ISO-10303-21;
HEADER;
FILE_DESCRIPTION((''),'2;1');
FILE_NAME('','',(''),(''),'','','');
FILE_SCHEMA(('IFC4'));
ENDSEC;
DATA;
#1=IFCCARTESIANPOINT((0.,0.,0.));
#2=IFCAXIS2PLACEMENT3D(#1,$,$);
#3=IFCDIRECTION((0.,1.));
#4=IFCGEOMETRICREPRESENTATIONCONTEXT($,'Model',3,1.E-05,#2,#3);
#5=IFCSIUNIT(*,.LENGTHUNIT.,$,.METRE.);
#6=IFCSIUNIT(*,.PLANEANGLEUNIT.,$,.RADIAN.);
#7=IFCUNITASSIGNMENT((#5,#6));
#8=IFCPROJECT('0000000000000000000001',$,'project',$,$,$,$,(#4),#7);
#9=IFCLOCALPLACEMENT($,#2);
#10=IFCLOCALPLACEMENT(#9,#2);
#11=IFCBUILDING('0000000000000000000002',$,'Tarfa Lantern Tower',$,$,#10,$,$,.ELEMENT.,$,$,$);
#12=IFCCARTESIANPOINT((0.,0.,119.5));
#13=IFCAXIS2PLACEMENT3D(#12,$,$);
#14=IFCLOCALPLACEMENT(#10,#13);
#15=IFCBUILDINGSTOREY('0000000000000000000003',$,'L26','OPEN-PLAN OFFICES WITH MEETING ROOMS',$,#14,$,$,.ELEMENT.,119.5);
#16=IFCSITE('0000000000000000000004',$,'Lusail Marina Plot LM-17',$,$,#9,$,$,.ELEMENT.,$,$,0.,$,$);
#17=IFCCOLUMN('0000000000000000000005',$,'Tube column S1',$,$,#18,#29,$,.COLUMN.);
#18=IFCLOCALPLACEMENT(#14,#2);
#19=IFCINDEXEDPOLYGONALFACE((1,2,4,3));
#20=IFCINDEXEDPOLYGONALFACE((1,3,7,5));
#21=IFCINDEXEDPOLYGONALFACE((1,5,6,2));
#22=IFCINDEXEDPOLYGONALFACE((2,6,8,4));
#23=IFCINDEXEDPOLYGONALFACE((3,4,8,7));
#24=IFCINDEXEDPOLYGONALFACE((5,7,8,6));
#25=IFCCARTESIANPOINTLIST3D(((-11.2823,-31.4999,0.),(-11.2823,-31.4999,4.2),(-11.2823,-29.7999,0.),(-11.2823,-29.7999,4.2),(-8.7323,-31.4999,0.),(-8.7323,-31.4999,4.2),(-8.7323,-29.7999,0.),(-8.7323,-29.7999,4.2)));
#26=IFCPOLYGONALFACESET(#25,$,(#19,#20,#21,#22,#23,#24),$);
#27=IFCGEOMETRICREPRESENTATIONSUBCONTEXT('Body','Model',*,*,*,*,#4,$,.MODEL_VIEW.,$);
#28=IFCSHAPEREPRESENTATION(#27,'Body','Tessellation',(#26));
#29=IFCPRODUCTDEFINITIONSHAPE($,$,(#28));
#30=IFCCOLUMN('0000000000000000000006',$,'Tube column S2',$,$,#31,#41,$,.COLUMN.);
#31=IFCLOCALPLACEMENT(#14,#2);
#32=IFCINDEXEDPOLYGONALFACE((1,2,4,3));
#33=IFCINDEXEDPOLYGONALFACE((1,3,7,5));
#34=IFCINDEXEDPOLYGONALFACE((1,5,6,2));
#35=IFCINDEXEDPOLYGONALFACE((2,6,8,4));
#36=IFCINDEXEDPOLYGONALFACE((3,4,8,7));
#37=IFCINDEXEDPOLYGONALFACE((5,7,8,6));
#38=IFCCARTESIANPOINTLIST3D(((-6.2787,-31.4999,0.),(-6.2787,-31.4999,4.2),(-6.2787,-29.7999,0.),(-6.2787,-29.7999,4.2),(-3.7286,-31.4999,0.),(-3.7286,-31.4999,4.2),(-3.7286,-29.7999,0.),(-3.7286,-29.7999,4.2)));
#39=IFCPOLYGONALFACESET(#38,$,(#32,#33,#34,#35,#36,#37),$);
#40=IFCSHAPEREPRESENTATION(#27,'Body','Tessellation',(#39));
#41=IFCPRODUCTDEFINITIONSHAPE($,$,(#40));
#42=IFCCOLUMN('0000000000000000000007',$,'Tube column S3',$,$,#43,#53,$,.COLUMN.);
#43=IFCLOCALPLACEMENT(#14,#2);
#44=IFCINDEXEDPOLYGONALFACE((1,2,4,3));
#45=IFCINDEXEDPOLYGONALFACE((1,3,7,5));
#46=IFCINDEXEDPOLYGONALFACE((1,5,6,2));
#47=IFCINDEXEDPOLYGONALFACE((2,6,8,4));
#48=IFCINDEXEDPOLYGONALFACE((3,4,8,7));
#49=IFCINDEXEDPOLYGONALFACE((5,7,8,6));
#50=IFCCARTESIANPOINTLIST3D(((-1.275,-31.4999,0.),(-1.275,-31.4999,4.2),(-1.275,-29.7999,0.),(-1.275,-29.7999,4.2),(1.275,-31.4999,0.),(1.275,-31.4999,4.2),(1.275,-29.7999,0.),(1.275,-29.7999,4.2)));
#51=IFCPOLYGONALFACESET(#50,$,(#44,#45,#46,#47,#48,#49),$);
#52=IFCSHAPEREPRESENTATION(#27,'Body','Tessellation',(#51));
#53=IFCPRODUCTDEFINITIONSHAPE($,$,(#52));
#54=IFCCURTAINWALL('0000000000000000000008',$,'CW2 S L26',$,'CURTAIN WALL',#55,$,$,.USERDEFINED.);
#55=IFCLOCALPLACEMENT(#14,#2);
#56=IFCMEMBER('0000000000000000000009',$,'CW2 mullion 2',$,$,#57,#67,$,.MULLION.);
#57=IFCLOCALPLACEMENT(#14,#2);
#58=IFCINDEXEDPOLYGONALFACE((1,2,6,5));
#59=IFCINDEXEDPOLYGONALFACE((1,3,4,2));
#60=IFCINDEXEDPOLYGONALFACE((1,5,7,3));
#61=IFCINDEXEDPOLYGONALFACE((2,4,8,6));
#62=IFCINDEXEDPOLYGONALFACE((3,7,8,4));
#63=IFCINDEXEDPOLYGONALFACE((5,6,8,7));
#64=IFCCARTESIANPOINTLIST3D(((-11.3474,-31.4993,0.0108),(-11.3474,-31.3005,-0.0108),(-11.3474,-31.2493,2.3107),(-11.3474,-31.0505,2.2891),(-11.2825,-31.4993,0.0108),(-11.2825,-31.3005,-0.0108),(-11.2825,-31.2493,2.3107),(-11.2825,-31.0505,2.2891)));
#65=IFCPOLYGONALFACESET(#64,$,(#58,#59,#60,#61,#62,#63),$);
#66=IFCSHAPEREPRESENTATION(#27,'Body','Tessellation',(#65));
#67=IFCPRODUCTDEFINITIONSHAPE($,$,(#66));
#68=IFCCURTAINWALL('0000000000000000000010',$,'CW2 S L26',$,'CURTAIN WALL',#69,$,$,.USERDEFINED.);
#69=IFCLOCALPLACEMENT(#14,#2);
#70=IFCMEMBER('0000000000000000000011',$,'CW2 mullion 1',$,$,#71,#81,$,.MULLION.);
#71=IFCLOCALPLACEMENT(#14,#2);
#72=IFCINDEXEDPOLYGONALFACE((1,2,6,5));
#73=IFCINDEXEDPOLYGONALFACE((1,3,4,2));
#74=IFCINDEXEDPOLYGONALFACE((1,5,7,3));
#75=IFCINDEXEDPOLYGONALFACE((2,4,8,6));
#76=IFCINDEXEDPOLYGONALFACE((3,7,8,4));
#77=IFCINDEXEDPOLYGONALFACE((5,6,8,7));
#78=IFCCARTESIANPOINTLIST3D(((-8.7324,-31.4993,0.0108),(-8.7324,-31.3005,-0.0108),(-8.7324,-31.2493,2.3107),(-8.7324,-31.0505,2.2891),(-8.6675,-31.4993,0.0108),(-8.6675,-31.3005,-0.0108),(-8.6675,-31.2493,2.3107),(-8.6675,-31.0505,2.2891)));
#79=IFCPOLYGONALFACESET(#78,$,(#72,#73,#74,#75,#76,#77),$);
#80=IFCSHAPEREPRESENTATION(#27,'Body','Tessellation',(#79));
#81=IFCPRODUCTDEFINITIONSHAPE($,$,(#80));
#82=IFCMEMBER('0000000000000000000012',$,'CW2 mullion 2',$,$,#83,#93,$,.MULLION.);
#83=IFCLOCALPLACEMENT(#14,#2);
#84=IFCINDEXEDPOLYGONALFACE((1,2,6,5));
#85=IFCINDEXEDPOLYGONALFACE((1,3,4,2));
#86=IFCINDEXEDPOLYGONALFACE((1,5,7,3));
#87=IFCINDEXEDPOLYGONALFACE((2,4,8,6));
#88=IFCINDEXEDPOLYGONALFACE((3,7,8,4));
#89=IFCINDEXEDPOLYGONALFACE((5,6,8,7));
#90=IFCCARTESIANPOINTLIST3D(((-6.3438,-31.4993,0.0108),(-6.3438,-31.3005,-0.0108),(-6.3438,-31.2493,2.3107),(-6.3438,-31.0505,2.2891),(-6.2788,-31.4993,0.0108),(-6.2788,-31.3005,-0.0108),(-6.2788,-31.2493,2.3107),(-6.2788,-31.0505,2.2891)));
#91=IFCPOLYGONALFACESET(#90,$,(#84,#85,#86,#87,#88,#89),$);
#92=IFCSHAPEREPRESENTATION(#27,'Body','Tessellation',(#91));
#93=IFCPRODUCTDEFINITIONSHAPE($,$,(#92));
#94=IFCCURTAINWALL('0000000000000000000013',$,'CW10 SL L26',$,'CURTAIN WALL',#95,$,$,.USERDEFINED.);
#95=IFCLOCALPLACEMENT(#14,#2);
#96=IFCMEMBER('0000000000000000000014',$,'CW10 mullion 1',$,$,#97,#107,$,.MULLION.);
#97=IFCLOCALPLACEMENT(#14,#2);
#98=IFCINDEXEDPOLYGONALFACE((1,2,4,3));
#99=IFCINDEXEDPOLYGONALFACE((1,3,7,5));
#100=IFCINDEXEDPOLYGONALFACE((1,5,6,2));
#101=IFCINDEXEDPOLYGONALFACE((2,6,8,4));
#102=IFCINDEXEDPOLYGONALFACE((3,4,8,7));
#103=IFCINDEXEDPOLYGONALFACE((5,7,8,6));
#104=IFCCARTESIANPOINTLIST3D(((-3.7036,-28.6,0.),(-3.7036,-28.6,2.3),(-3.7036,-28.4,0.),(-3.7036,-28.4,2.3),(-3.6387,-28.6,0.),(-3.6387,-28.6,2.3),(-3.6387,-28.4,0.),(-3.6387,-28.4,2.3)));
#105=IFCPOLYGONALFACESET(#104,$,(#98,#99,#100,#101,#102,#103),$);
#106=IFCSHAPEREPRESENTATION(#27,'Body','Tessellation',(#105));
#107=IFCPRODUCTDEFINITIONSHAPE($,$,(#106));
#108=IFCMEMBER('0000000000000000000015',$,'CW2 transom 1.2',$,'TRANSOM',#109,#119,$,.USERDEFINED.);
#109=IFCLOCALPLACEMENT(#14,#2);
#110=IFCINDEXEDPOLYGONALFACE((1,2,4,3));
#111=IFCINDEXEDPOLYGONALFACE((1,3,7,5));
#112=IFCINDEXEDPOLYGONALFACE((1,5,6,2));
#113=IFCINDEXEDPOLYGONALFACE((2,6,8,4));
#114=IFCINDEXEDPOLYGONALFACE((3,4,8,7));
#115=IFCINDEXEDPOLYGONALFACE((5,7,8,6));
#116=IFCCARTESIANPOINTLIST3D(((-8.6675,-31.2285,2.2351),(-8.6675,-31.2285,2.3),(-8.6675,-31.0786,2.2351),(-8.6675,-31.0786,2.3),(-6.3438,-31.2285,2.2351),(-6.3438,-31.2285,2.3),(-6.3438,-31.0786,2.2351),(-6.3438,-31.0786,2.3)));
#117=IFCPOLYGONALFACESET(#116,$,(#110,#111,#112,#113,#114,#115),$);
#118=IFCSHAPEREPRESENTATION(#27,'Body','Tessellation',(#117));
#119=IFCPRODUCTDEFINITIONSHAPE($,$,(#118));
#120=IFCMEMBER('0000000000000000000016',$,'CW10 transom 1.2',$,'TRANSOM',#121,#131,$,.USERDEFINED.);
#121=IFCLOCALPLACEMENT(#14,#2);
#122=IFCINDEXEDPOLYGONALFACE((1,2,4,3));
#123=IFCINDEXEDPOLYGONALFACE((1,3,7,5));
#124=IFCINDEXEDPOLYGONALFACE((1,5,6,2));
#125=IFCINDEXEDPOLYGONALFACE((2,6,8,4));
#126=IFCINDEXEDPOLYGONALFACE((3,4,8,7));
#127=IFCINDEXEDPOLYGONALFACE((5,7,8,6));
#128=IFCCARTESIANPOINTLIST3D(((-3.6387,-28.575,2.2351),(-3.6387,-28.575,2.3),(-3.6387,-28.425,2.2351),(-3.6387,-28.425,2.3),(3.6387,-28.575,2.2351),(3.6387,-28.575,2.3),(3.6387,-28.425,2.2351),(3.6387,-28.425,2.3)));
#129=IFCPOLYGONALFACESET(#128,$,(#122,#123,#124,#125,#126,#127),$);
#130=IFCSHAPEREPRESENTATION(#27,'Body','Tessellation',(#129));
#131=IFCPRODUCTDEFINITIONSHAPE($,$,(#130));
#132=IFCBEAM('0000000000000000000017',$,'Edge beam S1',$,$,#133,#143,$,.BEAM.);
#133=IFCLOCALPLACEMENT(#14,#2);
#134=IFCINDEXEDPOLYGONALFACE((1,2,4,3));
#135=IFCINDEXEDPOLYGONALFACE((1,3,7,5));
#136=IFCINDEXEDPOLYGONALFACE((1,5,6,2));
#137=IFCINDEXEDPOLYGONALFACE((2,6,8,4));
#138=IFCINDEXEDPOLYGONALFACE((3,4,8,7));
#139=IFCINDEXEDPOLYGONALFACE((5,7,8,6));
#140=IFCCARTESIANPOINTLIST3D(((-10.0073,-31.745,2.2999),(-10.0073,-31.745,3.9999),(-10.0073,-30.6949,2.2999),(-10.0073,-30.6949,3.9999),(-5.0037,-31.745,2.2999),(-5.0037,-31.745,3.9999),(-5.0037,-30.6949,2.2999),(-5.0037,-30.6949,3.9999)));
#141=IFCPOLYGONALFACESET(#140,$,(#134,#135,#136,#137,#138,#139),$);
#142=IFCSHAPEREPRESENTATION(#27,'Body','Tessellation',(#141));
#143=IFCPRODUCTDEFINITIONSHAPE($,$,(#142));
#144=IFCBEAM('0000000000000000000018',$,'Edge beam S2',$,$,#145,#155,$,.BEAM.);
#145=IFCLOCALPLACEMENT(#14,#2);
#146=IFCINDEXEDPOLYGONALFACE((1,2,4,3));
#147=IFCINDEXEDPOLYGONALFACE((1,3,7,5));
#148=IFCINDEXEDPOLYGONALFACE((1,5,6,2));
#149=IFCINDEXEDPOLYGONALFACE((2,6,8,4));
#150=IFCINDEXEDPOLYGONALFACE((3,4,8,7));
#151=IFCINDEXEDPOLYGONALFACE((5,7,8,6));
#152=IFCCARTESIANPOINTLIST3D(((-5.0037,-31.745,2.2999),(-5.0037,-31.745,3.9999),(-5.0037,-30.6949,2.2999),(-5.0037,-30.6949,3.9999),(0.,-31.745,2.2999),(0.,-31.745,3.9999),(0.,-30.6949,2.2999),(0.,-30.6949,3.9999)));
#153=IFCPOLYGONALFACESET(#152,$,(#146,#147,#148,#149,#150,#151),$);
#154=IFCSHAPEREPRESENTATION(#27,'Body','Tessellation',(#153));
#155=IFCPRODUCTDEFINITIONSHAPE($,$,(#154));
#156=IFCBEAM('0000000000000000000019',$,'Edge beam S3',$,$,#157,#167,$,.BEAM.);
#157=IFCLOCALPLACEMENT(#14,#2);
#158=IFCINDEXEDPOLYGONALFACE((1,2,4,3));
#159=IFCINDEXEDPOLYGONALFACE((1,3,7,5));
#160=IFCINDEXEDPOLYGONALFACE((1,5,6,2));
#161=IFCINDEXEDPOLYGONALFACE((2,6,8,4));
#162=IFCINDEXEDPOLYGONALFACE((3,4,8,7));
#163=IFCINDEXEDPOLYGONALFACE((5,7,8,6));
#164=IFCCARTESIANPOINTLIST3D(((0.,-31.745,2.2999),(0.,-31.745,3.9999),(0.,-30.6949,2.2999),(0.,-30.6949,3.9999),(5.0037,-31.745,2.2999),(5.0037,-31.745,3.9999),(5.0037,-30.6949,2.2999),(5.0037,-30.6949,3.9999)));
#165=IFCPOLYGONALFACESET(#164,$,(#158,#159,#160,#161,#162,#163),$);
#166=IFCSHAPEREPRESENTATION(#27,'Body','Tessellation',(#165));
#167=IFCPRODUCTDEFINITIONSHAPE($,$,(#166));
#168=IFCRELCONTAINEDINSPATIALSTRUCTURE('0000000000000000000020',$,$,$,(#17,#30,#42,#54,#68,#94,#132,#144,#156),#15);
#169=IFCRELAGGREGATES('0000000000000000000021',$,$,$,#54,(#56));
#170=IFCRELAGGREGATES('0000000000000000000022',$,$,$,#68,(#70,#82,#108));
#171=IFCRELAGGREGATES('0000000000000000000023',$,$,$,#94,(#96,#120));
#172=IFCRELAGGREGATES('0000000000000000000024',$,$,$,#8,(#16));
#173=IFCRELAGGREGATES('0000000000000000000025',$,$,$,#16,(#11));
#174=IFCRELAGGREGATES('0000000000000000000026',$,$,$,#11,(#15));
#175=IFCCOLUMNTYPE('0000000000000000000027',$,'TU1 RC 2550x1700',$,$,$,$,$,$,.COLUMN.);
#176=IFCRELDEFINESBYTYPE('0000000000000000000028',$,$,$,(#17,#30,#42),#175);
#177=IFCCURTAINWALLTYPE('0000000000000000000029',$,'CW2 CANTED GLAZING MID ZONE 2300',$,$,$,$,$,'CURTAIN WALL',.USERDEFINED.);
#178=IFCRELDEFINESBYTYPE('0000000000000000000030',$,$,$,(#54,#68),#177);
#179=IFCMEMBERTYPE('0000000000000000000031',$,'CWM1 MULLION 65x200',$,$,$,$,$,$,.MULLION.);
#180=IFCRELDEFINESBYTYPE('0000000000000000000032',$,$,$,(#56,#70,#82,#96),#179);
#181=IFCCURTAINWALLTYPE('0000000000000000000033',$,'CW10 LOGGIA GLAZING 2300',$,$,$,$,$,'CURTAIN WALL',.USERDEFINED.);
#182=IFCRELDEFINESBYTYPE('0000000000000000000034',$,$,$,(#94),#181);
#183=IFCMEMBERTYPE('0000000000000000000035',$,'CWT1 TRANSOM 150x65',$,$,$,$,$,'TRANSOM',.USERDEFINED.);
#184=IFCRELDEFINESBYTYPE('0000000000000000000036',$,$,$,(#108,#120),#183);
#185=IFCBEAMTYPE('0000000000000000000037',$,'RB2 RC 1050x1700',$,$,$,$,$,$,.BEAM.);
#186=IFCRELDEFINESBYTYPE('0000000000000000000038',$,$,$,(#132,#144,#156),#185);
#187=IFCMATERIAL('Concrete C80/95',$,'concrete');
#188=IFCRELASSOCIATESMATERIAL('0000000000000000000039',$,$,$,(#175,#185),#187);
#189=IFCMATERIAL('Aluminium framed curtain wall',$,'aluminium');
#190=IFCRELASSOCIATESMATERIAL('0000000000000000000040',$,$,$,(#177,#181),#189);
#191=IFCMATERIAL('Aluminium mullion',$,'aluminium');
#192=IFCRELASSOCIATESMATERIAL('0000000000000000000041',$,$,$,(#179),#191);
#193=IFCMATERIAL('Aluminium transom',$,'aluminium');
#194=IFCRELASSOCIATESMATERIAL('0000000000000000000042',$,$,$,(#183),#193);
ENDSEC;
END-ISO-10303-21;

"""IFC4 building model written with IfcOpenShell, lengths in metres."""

from ifc_helpers import new_model, si_unit, direction, frame, origin, origin_2d, place, context, subcontext, project, spatial, rectangle, extrude, material, material_profile, profile_set, type_object, element, aggregate, save


model = new_model("IFC4")

# Units and contexts
model_context = context("Model", 3, precision=1e-05, world=origin(), true_north=direction((0.0, 1.0)))
body_context = subcontext(model_context, "Body", "Model", "MODEL_VIEW")
ifc_project = project(units=[si_unit("LENGTHUNIT", "METRE"), si_unit("PLANEANGLEUNIT", "RADIAN")], contexts=[model_context])

# Site, building, storey
site_placement = place(None, origin())
site = spatial("IfcSite", under=ifc_project, at=site_placement, Name="Lusail Marina Plot LM-17", CompositionType="ELEMENT", RefElevation=0.0)
building_placement = place(site_placement, origin())
building = spatial("IfcBuilding", under=site, at=building_placement, Name="Tarfa Lantern Tower", CompositionType="ELEMENT")
storey_placement = place(building_placement, frame((0.0, 0.0, 119.5)))
storey = spatial("IfcBuildingStorey", under=building, at=storey_placement, Name="L26", Description="OPEN-PLAN OFFICES WITH MEETING ROOMS", CompositionType="ELEMENT", Elevation=119.5)

# Columns
ifc_material_1 = material(Name="Concrete C80/95", Category="concrete")
ifc_material_profile_1 = material_profile(ifc_material_1, rectangle(XDim=2.55, YDim=1.7, at=origin_2d()), Name="RC 2550x1700")
ifc_profile_set_1 = profile_set([ifc_material_profile_1], Name="Concrete C80/95")
column_type = type_object("IfcColumnType", Name="TU1 RC 2550x1700", PredefinedType="COLUMN", material=ifc_profile_set_1)
for number, where, z_axis, x_axis, name in (
    (1, (-10.0073, -30.6499, 0.0), (0.0, 0.0, 1.0), (1.0, 0.0, 0.0), "Tube column S1"),
    (2, (-5.0037, -30.6499, 0.0), (0.0, 0.0, 1.0), (1.0, 0.0, 0.0), "Tube column S2"),
    (3, (0.0, -30.6499, 0.0), (0.0, 0.0, 1.0), (1.0, 0.0, 0.0), "Tube column S3"),
):
    element("IfcColumn", number, at=place(storey_placement, frame(where, z_axis=z_axis, x_axis=x_axis)), inside=storey, type_object=column_type, Name=name, PredefinedType="COLUMN", context=body_context, shape_type="SweptSolid", body=[
        extrude(rectangle(XDim=2.55, YDim=1.7, at=origin_2d()), origin(), (0.0, 0.0, 1.0), 4.2),
    ])

# Curtain wall, member
ifc_material_2 = material(Name="Aluminium framed curtain wall", Category="aluminium")
curtain_wall_type_1 = type_object("IfcCurtainWallType", Name="CW2 CANTED GLAZING MID ZONE 2300", ElementType="CURTAIN WALL", PredefinedType="USERDEFINED", material=ifc_material_2)
curtain_wall_1_placement = place(storey_placement, origin())
curtain_wall_1 = element("IfcCurtainWall", 4, at=curtain_wall_1_placement, inside=storey, type_object=curtain_wall_type_1, Name="CW2 S L26", ObjectType="CURTAIN WALL", PredefinedType="USERDEFINED")
ifc_material_3 = material(Name="Aluminium mullion", Category="aluminium")
ifc_material_profile_2 = material_profile(ifc_material_3, rectangle(XDim=0.0649, YDim=0.2, at=origin_2d()), Name="AL MULLION 65x200")
ifc_profile_set_2 = profile_set([ifc_material_profile_2], Name="Aluminium mullion")
member_type_1 = type_object("IfcMemberType", Name="CWM1 MULLION 65x200", PredefinedType="MULLION", material=ifc_profile_set_2)
member_1_placement = place(storey_placement, frame((-11.3149, -31.3999, 0.0), z_axis=(0.0, 0.108057, 0.994145), x_axis=(-1.0, 0.0, 0.0)))
member_1 = element("IfcMember", 5, at=member_1_placement, type_object=member_type_1, Name="CW2 mullion 2", PredefinedType="MULLION", context=body_context, shape_type="SweptSolid", body=[
    extrude(rectangle(XDim=0.0649, YDim=0.2, at=origin_2d()), origin(), (0.0, 0.0, 1.0), 2.3135),
])
aggregate(curtain_wall_1, [member_1])

# Curtain wall, members
curtain_wall_2_placement = place(storey_placement, origin())
curtain_wall_2 = element("IfcCurtainWall", 6, at=curtain_wall_2_placement, inside=storey, type_object=curtain_wall_type_1, Name="CW2 S L26", ObjectType="CURTAIN WALL", PredefinedType="USERDEFINED")
member_2_placement = place(storey_placement, frame((-8.7, -31.3999, 0.0), z_axis=(0.0, 0.108057, 0.994145), x_axis=(-1.0, 0.0, 0.0)))
member_2 = element("IfcMember", 7, at=member_2_placement, type_object=member_type_1, Name="CW2 mullion 1", PredefinedType="MULLION", context=body_context, shape_type="SweptSolid", body=[
    extrude(rectangle(XDim=0.0649, YDim=0.2, at=origin_2d()), origin(), (0.0, 0.0, 1.0), 2.3135),
])
member_3_placement = place(storey_placement, frame((-6.3113, -31.3999, 0.0), z_axis=(0.0, 0.108057, 0.994145), x_axis=(-1.0, 0.0, 0.0)))
member_3 = element("IfcMember", 8, at=member_3_placement, type_object=member_type_1, Name="CW2 mullion 2", PredefinedType="MULLION", context=body_context, shape_type="SweptSolid", body=[
    extrude(rectangle(XDim=0.0649, YDim=0.2, at=origin_2d()), origin(), (0.0, 0.0, 1.0), 2.3135),
])

# Curtain wall, member
curtain_wall_type_2 = type_object("IfcCurtainWallType", Name="CW10 LOGGIA GLAZING 2300", ElementType="CURTAIN WALL", PredefinedType="USERDEFINED", material=ifc_material_2)
curtain_wall_3_placement = place(storey_placement, origin())
curtain_wall_3 = element("IfcCurtainWall", 9, at=curtain_wall_3_placement, inside=storey, type_object=curtain_wall_type_2, Name="CW10 SL L26", ObjectType="CURTAIN WALL", PredefinedType="USERDEFINED")
member_4_placement = place(storey_placement, frame((-3.6711, -28.5, 0.0), z_axis=(0.0, 0.0, 1.0), x_axis=(1.0, 0.0, 0.0)))
member_4 = element("IfcMember", 10, at=member_4_placement, type_object=member_type_1, Name="CW10 mullion 1", PredefinedType="MULLION", context=body_context, shape_type="SweptSolid", body=[
    extrude(rectangle(XDim=0.0649, YDim=0.2, at=origin_2d()), origin(), (0.0, 0.0, 1.0), 2.3),
])

# Members
ifc_material_4 = material(Name="Aluminium transom", Category="aluminium")
ifc_material_profile_3 = material_profile(ifc_material_4, rectangle(XDim=0.1499, YDim=0.0649, at=origin_2d()), Name="AL TRANSOM 150x65")
ifc_profile_set_3 = profile_set([ifc_material_profile_3], Name="Aluminium transom")
member_type_2 = type_object("IfcMemberType", Name="CWT1 TRANSOM 150x65", ElementType="TRANSOM", PredefinedType="USERDEFINED", material=ifc_profile_set_3)
member_5_placement = place(storey_placement, frame((-8.6675, -31.1536, 2.2676), z_axis=(1.0, 0.0, 0.0), x_axis=(0.0, 1.0, 0.0)))
member_5 = element("IfcMember", 11, at=member_5_placement, type_object=member_type_2, Name="CW2 transom 1.2", ObjectType="TRANSOM", PredefinedType="USERDEFINED", context=body_context, shape_type="SweptSolid", body=[
    extrude(rectangle(XDim=0.1499, YDim=0.0649, at=origin_2d()), origin(), (0.0, 0.0, 1.0), 2.3237),
])
member_6_placement = place(storey_placement, frame((-3.6387, -28.5, 2.2676), z_axis=(1.0, 0.0, 0.0), x_axis=(0.0, 1.0, 0.0)))
member_6 = element("IfcMember", 12, at=member_6_placement, type_object=member_type_2, Name="CW10 transom 1.2", ObjectType="TRANSOM", PredefinedType="USERDEFINED", context=body_context, shape_type="SweptSolid", body=[
    extrude(rectangle(XDim=0.1499, YDim=0.0649, at=origin_2d()), origin(), (0.0, 0.0, 1.0), 7.2773),
])

# Beams
ifc_material_profile_4 = material_profile(ifc_material_1, rectangle(XDim=1.05, YDim=1.7, at=origin_2d()), Name="RC 1050x1700")
ifc_profile_set_4 = profile_set([ifc_material_profile_4], Name="Concrete C80/95")
beam_type_1 = type_object("IfcBeamType", Name="RB2 RC 1050x1700", PredefinedType="BEAM", material=ifc_profile_set_4)
for number, where, z_axis, x_axis, name in (
    (13, (-10.0073, -31.22, 3.1499), (1.0, 0.0, 0.0), (0.0, 1.0, 0.0), "Edge beam S1"),
    (14, (-5.0037, -31.22, 3.1499), (1.0, 0.0, 0.0), (0.0, 1.0, 0.0), "Edge beam S2"),
    (15, (0.0, -31.22, 3.1499), (1.0, 0.0, 0.0), (0.0, 1.0, 0.0), "Edge beam S3"),
):
    element("IfcBeam", number, at=place(storey_placement, frame(where, z_axis=z_axis, x_axis=x_axis)), inside=storey, type_object=beam_type_1, Name=name, PredefinedType="BEAM", context=body_context, shape_type="SweptSolid", body=[
        extrude(rectangle(XDim=1.05, YDim=1.7, at=origin_2d()), origin(), (0.0, 0.0, 1.0), 5.0037),
    ])

aggregate(curtain_wall_2, [member_2, member_3, member_5])
aggregate(curtain_wall_3, [member_4, member_6])

save(model, "model.ifc")
